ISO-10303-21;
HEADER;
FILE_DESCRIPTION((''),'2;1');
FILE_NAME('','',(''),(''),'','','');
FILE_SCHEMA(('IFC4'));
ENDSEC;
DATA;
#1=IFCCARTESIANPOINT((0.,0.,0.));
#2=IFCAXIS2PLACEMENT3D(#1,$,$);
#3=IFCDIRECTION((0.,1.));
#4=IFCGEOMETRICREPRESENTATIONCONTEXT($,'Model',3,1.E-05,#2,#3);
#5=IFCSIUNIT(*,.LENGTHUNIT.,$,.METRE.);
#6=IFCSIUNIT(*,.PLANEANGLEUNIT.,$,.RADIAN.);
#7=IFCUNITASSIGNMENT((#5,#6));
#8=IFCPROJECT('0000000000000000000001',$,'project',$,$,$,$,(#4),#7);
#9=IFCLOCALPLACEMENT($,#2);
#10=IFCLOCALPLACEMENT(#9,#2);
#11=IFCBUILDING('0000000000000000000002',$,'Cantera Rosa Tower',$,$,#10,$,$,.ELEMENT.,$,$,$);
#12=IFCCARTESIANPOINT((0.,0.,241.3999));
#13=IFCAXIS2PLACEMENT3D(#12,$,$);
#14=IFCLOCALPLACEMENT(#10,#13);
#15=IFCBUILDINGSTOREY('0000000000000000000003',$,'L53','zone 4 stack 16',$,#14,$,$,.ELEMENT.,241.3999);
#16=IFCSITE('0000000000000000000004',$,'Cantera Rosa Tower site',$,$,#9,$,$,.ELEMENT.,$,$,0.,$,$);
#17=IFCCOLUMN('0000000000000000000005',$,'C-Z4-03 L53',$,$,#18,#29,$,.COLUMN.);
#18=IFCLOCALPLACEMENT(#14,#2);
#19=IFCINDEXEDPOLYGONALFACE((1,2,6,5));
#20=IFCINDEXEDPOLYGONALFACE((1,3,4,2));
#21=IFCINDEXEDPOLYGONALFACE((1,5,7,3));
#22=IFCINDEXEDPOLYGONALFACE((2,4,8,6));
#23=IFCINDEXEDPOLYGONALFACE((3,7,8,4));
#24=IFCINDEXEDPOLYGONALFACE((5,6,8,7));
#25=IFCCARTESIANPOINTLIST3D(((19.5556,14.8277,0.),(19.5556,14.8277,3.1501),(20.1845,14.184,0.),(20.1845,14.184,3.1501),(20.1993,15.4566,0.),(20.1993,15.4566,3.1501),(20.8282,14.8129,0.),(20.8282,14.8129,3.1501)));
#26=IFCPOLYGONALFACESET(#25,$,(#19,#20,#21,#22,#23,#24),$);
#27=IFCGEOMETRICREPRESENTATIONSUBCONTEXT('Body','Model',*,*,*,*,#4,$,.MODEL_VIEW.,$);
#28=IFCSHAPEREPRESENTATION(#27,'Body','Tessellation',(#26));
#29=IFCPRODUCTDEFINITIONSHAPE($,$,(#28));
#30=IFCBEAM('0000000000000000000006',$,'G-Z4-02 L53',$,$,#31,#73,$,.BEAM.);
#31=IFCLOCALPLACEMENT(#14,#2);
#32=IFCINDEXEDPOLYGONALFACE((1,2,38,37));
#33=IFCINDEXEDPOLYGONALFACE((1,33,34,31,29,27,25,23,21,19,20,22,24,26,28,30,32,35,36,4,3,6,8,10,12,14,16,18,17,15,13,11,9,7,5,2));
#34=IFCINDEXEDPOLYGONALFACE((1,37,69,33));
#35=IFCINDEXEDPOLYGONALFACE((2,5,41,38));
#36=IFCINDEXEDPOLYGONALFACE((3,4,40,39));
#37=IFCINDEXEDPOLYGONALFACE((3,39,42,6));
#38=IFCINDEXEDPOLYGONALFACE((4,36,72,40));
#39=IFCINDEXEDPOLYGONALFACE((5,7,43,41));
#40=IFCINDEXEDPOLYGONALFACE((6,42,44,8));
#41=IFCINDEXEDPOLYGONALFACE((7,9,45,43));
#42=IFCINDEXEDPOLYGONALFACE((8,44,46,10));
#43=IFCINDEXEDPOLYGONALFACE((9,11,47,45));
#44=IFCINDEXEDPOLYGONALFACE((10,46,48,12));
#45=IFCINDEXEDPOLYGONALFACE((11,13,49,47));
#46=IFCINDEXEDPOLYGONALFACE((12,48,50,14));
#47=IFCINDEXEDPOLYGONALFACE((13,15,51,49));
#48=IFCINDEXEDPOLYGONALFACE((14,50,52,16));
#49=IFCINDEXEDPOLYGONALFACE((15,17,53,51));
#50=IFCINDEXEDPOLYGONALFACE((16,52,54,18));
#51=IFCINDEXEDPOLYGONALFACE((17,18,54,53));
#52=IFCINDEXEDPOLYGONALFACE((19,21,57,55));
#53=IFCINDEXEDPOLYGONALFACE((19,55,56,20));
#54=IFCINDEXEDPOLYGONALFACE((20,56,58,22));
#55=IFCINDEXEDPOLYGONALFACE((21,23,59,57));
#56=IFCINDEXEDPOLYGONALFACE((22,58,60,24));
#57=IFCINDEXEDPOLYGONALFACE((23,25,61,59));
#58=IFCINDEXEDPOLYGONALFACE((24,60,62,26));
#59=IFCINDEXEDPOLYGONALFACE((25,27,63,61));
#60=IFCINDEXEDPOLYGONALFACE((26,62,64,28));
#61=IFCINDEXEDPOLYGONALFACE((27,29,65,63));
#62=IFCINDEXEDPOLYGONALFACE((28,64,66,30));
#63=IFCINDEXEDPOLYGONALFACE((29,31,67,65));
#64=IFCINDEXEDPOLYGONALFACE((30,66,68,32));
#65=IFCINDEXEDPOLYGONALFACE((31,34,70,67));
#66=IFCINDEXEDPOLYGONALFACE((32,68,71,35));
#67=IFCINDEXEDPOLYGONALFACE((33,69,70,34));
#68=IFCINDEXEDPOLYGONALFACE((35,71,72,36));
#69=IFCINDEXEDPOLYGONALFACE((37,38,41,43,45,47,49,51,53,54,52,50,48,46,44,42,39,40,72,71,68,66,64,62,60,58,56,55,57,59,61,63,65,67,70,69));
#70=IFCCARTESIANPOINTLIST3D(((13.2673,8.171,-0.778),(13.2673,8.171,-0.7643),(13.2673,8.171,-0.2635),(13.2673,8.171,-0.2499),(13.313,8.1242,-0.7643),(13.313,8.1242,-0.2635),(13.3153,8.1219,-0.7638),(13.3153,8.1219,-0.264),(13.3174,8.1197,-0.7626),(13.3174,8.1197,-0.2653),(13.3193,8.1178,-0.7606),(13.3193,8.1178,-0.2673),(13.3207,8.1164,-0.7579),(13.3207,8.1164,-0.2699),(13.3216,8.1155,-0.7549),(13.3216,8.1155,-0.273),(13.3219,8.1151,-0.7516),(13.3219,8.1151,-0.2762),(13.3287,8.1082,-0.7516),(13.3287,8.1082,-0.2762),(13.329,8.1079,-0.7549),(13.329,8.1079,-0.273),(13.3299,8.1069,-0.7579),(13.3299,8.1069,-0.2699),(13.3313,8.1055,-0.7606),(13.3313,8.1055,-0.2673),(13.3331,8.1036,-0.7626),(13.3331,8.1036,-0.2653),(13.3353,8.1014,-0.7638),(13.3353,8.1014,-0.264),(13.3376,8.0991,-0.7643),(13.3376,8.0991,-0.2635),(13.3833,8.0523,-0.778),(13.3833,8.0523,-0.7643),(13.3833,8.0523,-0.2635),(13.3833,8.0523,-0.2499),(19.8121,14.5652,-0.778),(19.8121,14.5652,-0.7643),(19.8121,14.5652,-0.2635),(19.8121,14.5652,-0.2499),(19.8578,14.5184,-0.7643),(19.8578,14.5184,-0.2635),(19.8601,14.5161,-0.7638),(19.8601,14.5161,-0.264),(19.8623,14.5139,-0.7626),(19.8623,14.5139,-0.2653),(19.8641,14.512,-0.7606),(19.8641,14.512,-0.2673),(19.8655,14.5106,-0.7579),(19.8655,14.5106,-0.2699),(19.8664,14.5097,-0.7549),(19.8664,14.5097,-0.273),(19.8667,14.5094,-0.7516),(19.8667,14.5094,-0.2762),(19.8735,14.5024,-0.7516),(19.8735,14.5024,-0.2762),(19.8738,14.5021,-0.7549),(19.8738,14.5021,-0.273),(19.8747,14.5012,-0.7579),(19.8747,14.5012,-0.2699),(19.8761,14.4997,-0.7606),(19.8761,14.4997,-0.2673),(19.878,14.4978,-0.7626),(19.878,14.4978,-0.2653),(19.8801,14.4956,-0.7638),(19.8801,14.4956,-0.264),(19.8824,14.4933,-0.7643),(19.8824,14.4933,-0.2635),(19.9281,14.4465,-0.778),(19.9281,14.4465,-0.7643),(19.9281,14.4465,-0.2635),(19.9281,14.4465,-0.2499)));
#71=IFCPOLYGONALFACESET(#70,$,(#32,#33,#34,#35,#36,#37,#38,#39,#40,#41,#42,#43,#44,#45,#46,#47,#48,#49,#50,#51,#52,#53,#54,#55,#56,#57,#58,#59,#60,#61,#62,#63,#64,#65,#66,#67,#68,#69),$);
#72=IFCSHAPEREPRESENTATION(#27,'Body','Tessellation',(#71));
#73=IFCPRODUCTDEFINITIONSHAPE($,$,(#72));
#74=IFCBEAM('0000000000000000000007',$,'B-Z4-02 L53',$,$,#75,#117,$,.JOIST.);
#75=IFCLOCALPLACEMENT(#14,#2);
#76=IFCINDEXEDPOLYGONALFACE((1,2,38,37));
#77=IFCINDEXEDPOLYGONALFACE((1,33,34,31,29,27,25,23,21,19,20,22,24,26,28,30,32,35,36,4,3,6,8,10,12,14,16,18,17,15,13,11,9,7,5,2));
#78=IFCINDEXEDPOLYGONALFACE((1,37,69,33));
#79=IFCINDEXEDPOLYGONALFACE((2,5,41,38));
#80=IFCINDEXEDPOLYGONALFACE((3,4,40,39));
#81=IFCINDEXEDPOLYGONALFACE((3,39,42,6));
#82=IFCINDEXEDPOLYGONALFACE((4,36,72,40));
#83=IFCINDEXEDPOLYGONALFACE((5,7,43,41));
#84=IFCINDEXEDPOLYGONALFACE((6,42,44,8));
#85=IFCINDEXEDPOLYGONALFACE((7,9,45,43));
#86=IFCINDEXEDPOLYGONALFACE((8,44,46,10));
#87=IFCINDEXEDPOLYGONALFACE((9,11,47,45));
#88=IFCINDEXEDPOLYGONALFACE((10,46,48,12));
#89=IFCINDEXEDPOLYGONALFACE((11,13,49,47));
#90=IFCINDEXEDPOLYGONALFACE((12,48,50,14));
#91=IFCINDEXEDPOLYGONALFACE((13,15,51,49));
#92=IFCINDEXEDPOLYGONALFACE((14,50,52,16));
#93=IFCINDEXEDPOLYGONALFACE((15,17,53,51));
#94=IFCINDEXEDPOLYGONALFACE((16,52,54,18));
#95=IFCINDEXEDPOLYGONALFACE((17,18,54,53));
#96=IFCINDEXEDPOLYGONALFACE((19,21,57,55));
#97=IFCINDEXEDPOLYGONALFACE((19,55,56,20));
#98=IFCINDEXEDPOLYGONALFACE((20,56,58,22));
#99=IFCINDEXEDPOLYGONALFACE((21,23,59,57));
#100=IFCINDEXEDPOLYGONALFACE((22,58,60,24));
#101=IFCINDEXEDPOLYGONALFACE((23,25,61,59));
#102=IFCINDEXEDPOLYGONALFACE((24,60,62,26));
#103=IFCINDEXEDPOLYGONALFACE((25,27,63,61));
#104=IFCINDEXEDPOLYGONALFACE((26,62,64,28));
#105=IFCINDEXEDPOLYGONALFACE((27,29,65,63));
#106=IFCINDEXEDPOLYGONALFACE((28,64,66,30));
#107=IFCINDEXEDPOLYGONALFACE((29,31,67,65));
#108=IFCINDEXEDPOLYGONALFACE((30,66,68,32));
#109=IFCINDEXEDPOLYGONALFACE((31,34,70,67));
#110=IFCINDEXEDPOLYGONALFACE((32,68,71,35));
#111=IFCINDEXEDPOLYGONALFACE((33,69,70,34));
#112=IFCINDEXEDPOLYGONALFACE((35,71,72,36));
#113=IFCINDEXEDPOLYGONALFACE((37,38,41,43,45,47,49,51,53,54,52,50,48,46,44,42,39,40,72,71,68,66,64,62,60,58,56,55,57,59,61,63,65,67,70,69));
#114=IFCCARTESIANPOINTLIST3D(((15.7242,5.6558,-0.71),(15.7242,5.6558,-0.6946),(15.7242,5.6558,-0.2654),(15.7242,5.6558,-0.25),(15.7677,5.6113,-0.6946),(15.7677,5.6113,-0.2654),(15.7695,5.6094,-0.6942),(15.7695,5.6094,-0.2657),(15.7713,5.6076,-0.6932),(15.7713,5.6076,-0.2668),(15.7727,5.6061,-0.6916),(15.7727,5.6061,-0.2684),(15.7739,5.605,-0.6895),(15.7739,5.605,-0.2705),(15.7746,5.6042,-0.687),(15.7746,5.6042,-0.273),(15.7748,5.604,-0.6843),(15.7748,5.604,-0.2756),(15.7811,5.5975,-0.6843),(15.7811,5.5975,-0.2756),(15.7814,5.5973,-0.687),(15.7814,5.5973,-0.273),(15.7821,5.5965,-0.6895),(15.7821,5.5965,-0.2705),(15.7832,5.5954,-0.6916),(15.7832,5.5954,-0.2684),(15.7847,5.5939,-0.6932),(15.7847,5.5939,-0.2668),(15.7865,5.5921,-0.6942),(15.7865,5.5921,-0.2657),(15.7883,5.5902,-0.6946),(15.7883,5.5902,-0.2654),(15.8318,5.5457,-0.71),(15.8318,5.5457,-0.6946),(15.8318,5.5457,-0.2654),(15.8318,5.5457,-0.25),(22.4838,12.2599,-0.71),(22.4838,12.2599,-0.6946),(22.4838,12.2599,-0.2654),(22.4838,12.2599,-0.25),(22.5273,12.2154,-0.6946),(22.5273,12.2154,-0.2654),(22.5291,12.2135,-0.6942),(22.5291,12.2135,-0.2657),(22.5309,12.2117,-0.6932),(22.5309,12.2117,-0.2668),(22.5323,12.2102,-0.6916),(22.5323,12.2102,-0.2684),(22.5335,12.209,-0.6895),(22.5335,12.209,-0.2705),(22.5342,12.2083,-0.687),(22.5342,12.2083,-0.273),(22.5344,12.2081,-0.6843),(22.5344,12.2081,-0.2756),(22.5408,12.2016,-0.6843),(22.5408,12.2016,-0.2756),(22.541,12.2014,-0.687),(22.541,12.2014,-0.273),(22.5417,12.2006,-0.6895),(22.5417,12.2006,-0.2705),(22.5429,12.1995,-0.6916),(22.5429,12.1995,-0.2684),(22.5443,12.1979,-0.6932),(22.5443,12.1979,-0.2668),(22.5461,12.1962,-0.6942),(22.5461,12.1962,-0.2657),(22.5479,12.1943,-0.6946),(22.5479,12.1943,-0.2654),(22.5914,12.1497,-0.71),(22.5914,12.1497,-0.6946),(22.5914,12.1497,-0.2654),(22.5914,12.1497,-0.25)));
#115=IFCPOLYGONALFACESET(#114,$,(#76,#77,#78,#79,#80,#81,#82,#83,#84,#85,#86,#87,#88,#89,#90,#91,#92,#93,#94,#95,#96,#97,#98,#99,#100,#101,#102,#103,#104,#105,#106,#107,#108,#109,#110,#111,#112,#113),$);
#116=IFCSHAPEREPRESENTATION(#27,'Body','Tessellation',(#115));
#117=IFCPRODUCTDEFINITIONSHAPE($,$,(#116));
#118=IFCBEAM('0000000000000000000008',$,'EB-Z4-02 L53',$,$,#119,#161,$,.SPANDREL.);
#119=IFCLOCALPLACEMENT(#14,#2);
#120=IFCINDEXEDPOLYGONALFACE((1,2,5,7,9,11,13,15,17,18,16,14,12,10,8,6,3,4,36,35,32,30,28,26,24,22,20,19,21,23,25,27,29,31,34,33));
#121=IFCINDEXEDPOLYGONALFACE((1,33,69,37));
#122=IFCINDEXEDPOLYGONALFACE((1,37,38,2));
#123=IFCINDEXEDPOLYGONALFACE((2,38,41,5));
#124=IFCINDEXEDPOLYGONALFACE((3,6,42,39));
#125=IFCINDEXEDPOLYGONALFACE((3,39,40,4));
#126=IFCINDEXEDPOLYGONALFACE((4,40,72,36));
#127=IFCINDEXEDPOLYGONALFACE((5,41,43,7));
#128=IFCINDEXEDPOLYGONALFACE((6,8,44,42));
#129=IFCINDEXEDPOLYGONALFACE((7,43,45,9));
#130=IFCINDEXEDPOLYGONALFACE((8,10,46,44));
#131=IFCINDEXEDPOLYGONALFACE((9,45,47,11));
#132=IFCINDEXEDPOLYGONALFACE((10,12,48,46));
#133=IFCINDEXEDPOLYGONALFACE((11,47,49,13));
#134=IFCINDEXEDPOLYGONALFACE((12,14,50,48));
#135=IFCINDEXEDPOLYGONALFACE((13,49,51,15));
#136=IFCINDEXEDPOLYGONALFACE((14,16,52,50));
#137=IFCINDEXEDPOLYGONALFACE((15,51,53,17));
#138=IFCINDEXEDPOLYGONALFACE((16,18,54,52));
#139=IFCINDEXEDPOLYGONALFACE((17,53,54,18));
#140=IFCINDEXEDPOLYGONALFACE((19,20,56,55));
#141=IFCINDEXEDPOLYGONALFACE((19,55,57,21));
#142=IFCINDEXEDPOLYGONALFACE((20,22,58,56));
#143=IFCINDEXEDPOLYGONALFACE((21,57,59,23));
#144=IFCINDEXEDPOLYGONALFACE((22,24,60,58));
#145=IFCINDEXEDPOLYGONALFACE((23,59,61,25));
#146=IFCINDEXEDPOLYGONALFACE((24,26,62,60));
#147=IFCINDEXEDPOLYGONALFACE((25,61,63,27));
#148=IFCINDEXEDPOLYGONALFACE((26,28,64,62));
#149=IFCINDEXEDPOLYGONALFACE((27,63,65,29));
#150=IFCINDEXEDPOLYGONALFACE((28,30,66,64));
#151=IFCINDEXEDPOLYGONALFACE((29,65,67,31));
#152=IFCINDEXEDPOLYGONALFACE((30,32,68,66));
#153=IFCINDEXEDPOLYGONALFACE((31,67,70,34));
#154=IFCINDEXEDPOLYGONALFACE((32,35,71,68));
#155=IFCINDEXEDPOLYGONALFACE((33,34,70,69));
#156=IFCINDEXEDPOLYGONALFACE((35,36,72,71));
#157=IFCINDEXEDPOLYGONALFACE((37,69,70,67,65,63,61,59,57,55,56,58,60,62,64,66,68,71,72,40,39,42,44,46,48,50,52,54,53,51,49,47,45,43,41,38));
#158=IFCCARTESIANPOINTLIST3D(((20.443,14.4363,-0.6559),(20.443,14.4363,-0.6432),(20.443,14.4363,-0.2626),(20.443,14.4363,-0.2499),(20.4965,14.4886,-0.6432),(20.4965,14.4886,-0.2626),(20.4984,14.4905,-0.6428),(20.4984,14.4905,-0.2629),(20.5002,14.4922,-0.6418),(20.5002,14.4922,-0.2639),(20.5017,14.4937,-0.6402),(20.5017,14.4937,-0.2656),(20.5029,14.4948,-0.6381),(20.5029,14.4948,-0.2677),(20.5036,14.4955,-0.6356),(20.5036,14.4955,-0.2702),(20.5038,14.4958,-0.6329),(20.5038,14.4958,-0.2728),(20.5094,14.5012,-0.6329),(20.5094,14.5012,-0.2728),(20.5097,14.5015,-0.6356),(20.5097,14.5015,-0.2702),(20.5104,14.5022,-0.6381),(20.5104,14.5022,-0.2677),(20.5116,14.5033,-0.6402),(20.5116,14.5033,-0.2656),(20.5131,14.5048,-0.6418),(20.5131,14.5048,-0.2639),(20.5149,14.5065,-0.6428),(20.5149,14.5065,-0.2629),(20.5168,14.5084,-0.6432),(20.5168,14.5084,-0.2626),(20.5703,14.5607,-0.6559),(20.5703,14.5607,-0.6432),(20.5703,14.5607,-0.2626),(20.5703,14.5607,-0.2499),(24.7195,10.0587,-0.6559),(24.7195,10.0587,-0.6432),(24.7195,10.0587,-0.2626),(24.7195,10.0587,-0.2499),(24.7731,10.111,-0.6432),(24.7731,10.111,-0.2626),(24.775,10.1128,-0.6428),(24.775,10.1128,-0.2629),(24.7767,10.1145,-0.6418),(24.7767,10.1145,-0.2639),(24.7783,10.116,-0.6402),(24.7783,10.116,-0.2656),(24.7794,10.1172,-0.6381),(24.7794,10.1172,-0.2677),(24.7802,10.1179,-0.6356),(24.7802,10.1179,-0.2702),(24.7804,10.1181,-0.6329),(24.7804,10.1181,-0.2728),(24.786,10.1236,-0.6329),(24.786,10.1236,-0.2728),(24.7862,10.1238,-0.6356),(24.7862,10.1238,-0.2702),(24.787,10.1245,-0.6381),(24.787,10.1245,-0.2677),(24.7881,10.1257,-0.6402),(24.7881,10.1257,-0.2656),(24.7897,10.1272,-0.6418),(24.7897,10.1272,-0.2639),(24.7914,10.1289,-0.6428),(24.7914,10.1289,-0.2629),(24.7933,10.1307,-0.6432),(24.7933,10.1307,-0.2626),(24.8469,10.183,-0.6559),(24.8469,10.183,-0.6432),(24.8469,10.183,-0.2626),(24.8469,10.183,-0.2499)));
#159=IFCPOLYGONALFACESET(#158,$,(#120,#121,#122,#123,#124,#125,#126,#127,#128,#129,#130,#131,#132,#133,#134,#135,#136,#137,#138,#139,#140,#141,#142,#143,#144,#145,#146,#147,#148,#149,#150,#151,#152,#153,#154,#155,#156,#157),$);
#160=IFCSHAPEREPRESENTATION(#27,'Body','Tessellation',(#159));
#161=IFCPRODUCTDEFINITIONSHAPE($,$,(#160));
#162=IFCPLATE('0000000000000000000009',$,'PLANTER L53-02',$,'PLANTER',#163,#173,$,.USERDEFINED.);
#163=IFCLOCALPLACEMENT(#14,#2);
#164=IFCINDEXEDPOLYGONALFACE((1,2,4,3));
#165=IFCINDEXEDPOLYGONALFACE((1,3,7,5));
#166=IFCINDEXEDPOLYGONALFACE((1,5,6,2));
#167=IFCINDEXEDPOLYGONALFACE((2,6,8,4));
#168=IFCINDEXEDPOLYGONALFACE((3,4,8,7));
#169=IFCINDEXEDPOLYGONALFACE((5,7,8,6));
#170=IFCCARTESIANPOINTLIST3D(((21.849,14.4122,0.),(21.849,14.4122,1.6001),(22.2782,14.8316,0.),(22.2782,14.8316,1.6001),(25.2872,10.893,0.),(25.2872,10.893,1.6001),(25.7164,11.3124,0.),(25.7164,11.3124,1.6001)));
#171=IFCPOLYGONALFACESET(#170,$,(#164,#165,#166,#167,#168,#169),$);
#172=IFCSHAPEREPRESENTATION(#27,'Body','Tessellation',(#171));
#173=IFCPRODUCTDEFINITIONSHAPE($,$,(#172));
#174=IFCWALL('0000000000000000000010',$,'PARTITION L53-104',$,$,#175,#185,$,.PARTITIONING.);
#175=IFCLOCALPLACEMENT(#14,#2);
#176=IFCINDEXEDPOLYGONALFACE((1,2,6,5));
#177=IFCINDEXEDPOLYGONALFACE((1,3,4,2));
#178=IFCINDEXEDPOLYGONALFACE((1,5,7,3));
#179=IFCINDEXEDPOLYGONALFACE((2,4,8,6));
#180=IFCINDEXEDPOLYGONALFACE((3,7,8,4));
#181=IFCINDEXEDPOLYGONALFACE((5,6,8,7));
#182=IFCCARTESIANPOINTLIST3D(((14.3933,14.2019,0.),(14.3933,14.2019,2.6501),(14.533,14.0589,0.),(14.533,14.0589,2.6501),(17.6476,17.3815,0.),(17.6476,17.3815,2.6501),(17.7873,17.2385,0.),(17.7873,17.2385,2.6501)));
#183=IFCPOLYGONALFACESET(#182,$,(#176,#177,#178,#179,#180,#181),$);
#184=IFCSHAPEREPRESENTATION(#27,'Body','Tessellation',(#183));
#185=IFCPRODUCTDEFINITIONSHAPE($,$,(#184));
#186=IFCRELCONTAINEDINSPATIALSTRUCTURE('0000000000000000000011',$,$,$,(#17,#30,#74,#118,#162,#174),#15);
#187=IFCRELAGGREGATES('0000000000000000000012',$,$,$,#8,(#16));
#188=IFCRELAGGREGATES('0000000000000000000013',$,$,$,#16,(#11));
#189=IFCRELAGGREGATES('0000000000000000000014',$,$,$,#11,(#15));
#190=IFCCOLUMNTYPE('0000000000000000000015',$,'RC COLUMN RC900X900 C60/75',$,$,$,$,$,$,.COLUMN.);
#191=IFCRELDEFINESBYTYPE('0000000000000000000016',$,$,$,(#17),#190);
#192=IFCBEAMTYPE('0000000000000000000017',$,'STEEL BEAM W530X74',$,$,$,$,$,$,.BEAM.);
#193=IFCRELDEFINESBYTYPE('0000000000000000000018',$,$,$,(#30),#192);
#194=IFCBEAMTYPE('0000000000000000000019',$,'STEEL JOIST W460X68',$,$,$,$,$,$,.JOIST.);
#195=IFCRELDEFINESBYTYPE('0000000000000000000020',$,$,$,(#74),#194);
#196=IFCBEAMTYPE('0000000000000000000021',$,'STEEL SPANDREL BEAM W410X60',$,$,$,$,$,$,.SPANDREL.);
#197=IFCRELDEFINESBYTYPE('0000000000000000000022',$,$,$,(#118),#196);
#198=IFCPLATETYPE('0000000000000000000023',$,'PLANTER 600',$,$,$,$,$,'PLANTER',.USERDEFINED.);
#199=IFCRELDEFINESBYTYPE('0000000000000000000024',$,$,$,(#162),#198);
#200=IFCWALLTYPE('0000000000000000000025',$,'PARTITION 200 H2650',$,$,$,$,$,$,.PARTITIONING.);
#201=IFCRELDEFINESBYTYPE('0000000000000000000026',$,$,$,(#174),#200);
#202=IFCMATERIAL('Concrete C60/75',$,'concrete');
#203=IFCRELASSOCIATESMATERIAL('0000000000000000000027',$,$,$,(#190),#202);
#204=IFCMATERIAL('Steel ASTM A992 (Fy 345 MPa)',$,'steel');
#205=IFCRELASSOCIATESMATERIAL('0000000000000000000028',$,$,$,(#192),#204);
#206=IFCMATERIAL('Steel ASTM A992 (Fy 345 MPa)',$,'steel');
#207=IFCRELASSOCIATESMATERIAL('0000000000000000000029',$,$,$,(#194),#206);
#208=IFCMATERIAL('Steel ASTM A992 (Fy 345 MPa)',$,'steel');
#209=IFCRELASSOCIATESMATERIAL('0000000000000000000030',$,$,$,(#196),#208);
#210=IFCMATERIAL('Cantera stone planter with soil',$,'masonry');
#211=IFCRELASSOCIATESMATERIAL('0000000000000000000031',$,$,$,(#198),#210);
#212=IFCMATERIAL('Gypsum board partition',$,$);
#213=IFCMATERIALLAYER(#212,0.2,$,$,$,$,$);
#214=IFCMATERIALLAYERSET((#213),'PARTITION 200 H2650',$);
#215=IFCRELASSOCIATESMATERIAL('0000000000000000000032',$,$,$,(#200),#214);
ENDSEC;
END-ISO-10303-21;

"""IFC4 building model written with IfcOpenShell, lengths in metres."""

from ifc_helpers import new_model, si_unit, direction, frame, frame_2d, origin, origin_2d, place, context, subcontext, project, spatial, rectangle, i_section, extrude, material, layer, layer_set, material_profile, profile_set, type_object, element, save


model = new_model("IFC4")

# Units and contexts
model_context = context("Model", 3, precision=1e-05, world=origin(), true_north=direction((0.0, 1.0)))
body_context = subcontext(model_context, "Body", "Model", "MODEL_VIEW")
ifc_project = project(units=[si_unit("LENGTHUNIT", "METRE"), si_unit("PLANEANGLEUNIT", "RADIAN")], contexts=[model_context])

# Site, building, storey
site_placement = place(None, origin())
site = spatial("IfcSite", under=ifc_project, at=site_placement, Name="Cantera Rosa Tower site", CompositionType="ELEMENT", RefElevation=0.0)
building_placement = place(site_placement, origin())
building = spatial("IfcBuilding", under=site, at=building_placement, Name="Cantera Rosa Tower", CompositionType="ELEMENT")
storey_placement = place(building_placement, frame((0.0, 0.0, 241.3999)))
storey = spatial("IfcBuildingStorey", under=building, at=storey_placement, Name="L53", Description="zone 4 stack 16", CompositionType="ELEMENT", Elevation=241.3999)

# Column
ifc_material_1 = material(Name="Concrete C60/75", Category="concrete")
ifc_material_profile_1 = material_profile(ifc_material_1, rectangle(XDim=0.8999, YDim=0.8999, at=origin_2d()), Name="RC COLUMN RC900X900 C60/75")
ifc_profile_set_1 = profile_set([ifc_material_profile_1], Name="Concrete C60/75")
column_type = type_object("IfcColumnType", Name="RC COLUMN RC900X900 C60/75", PredefinedType="COLUMN", material=ifc_profile_set_1)
column_placement = place(storey_placement, frame((20.1919, 14.8203, 0.0), z_axis=(0.0, 0.0, 1.0), x_axis=(0.715286, 0.698832, 0.0)))
element("IfcColumn", 1, at=column_placement, inside=storey, type_object=column_type, Name="C-Z4-03 L53", PredefinedType="COLUMN", context=body_context, shape_type="SweptSolid", body=[
    extrude(rectangle(XDim=0.8999, YDim=0.8999, at=origin_2d()), origin(), (0.0, 0.0, 1.0), 3.1501),
])

# Beams
ifc_material_2 = material(Name="Steel ASTM A992 (Fy 345 MPa)", Category="steel")
ifc_material_profile_2 = material_profile(ifc_material_2, i_section(OverallWidth=0.166, OverallDepth=0.5281, WebThickness=0.0098, FlangeThickness=0.0137, FilletRadius=0.0127, at=origin_2d()), Name="W530X74")
ifc_profile_set_2 = profile_set([ifc_material_profile_2], Name="Steel ASTM A992 (Fy 345 MPa)")
beam_type_1 = type_object("IfcBeamType", Name="STEEL BEAM W530X74", PredefinedType="BEAM", material=ifc_profile_set_2)
beam_1_placement = place(storey_placement, frame((19.8701, 14.5059, -0.5139), z_axis=(-0.71529, -0.698827, 0.0), x_axis=(0.698827, -0.71529, 0.0)))
element("IfcBeam", 2, at=beam_1_placement, inside=storey, type_object=beam_type_1, Name="G-Z4-02 L53", PredefinedType="BEAM", context=body_context, shape_type="SweptSolid", body=[
    extrude(i_section(OverallWidth=0.166, OverallDepth=0.5281, WebThickness=0.0098, FlangeThickness=0.0137, FilletRadius=0.0127, at=origin_2d()), origin(), (0.0, 0.0, 1.0), 9.1499),
])
ifc_material_3 = material(Name="Steel ASTM A992 (Fy 345 MPa)", Category="steel")
ifc_material_profile_3 = material_profile(ifc_material_3, i_section(OverallWidth=0.1541, OverallDepth=0.46, WebThickness=0.009, FlangeThickness=0.0154, FilletRadius=0.0103, at=origin_2d()), Name="W460X68")
ifc_profile_set_3 = profile_set([ifc_material_profile_3], Name="Steel ASTM A992 (Fy 345 MPa)")
beam_type_2 = type_object("IfcBeamType", Name="STEEL JOIST W460X68", PredefinedType="JOIST", material=ifc_profile_set_3)
beam_2_placement = place(storey_placement, frame((22.5376, 12.2048, -0.48), z_axis=(-0.715287, -0.698831, 0.0), x_axis=(0.698831, -0.715287, 0.0)))
element("IfcBeam", 3, at=beam_2_placement, inside=storey, type_object=beam_type_2, Name="B-Z4-02 L53", PredefinedType="JOIST", context=body_context, shape_type="SweptSolid", body=[
    extrude(i_section(OverallWidth=0.1541, OverallDepth=0.46, WebThickness=0.009, FlangeThickness=0.0154, FilletRadius=0.0103, at=origin_2d()), origin(), (0.0, 0.0, 1.0), 9.4502),
])
ifc_material_4 = material(Name="Steel ASTM A992 (Fy 345 MPa)", Category="steel")
ifc_material_profile_4 = material_profile(ifc_material_4, i_section(OverallWidth=0.178, OverallDepth=0.406, WebThickness=0.0078, FlangeThickness=0.0127, FilletRadius=0.0103, at=origin_2d()), Name="W410X60")
ifc_profile_set_4 = profile_set([ifc_material_profile_4], Name="Steel ASTM A992 (Fy 345 MPa)")
beam_type_3 = type_object("IfcBeamType", Name="STEEL SPANDREL BEAM W410X60", PredefinedType="SPANDREL", material=ifc_profile_set_4)
beam_3_placement = place(storey_placement, frame((24.7832, 10.1208, -0.4529), z_axis=(-0.698801, 0.715316, 0.0), x_axis=(-0.715316, -0.698801, 0.0)))
element("IfcBeam", 4, at=beam_3_placement, inside=storey, type_object=beam_type_3, Name="EB-Z4-02 L53", PredefinedType="SPANDREL", context=body_context, shape_type="SweptSolid", body=[
    extrude(i_section(OverallWidth=0.178, OverallDepth=0.406, WebThickness=0.0078, FlangeThickness=0.0127, FilletRadius=0.0103, at=origin_2d()), origin(), (0.0, 0.0, 1.0), 6.1199),
])

# Plate
ifc_material_5 = material(Name="Cantera stone planter with soil", Category="masonry")
plate_type = type_object("IfcPlateType", Name="PLANTER 600", ElementType="PLANTER", PredefinedType="USERDEFINED", material=ifc_material_5)
plate_placement = place(storey_placement, frame((23.7827, 12.8623, 0.0), z_axis=(0.0, 0.0, 1.0), x_axis=(-0.698832, 0.715286, 0.0)))
element("IfcPlate", 5, at=plate_placement, inside=storey, type_object=plate_type, Name="PLANTER L53-02", ObjectType="PLANTER", PredefinedType="USERDEFINED", context=body_context, shape_type="SweptSolid", body=[
    extrude(rectangle(XDim=4.9199, YDim=0.6001, at=origin_2d()), origin(), (0.0, 0.0, 1.0), 1.6001),
])

# Wall
ifc_material_6 = material(Name="Gypsum board partition")
ifc_layer_1 = layer(ifc_material_6, 0.2)
ifc_layer_set_1 = layer_set([ifc_layer_1], Name="PARTITION 200 H2650")
wall_type_1 = type_object("IfcWallType", Name="PARTITION 200 H2650", PredefinedType="PARTITIONING", material=ifc_layer_set_1)
wall_1_placement = place(storey_placement, frame((14.4631, 14.1304, 0.0), z_axis=(0.0, 0.0, 1.0), x_axis=(0.715269, 0.698849, 0.0)))
element("IfcWall", 6, at=wall_1_placement, inside=storey, type_object=wall_type_1, Name="PARTITION L53-104", PredefinedType="PARTITIONING", context=body_context, shape_type="SweptSolid", body=[
    extrude(rectangle(XDim=4.5498, YDim=0.2, at=frame_2d((2.2749, 0.0))), origin(), (0.0, 0.0, 1.0), 2.6501),
])

save(model, "model.ifc")
